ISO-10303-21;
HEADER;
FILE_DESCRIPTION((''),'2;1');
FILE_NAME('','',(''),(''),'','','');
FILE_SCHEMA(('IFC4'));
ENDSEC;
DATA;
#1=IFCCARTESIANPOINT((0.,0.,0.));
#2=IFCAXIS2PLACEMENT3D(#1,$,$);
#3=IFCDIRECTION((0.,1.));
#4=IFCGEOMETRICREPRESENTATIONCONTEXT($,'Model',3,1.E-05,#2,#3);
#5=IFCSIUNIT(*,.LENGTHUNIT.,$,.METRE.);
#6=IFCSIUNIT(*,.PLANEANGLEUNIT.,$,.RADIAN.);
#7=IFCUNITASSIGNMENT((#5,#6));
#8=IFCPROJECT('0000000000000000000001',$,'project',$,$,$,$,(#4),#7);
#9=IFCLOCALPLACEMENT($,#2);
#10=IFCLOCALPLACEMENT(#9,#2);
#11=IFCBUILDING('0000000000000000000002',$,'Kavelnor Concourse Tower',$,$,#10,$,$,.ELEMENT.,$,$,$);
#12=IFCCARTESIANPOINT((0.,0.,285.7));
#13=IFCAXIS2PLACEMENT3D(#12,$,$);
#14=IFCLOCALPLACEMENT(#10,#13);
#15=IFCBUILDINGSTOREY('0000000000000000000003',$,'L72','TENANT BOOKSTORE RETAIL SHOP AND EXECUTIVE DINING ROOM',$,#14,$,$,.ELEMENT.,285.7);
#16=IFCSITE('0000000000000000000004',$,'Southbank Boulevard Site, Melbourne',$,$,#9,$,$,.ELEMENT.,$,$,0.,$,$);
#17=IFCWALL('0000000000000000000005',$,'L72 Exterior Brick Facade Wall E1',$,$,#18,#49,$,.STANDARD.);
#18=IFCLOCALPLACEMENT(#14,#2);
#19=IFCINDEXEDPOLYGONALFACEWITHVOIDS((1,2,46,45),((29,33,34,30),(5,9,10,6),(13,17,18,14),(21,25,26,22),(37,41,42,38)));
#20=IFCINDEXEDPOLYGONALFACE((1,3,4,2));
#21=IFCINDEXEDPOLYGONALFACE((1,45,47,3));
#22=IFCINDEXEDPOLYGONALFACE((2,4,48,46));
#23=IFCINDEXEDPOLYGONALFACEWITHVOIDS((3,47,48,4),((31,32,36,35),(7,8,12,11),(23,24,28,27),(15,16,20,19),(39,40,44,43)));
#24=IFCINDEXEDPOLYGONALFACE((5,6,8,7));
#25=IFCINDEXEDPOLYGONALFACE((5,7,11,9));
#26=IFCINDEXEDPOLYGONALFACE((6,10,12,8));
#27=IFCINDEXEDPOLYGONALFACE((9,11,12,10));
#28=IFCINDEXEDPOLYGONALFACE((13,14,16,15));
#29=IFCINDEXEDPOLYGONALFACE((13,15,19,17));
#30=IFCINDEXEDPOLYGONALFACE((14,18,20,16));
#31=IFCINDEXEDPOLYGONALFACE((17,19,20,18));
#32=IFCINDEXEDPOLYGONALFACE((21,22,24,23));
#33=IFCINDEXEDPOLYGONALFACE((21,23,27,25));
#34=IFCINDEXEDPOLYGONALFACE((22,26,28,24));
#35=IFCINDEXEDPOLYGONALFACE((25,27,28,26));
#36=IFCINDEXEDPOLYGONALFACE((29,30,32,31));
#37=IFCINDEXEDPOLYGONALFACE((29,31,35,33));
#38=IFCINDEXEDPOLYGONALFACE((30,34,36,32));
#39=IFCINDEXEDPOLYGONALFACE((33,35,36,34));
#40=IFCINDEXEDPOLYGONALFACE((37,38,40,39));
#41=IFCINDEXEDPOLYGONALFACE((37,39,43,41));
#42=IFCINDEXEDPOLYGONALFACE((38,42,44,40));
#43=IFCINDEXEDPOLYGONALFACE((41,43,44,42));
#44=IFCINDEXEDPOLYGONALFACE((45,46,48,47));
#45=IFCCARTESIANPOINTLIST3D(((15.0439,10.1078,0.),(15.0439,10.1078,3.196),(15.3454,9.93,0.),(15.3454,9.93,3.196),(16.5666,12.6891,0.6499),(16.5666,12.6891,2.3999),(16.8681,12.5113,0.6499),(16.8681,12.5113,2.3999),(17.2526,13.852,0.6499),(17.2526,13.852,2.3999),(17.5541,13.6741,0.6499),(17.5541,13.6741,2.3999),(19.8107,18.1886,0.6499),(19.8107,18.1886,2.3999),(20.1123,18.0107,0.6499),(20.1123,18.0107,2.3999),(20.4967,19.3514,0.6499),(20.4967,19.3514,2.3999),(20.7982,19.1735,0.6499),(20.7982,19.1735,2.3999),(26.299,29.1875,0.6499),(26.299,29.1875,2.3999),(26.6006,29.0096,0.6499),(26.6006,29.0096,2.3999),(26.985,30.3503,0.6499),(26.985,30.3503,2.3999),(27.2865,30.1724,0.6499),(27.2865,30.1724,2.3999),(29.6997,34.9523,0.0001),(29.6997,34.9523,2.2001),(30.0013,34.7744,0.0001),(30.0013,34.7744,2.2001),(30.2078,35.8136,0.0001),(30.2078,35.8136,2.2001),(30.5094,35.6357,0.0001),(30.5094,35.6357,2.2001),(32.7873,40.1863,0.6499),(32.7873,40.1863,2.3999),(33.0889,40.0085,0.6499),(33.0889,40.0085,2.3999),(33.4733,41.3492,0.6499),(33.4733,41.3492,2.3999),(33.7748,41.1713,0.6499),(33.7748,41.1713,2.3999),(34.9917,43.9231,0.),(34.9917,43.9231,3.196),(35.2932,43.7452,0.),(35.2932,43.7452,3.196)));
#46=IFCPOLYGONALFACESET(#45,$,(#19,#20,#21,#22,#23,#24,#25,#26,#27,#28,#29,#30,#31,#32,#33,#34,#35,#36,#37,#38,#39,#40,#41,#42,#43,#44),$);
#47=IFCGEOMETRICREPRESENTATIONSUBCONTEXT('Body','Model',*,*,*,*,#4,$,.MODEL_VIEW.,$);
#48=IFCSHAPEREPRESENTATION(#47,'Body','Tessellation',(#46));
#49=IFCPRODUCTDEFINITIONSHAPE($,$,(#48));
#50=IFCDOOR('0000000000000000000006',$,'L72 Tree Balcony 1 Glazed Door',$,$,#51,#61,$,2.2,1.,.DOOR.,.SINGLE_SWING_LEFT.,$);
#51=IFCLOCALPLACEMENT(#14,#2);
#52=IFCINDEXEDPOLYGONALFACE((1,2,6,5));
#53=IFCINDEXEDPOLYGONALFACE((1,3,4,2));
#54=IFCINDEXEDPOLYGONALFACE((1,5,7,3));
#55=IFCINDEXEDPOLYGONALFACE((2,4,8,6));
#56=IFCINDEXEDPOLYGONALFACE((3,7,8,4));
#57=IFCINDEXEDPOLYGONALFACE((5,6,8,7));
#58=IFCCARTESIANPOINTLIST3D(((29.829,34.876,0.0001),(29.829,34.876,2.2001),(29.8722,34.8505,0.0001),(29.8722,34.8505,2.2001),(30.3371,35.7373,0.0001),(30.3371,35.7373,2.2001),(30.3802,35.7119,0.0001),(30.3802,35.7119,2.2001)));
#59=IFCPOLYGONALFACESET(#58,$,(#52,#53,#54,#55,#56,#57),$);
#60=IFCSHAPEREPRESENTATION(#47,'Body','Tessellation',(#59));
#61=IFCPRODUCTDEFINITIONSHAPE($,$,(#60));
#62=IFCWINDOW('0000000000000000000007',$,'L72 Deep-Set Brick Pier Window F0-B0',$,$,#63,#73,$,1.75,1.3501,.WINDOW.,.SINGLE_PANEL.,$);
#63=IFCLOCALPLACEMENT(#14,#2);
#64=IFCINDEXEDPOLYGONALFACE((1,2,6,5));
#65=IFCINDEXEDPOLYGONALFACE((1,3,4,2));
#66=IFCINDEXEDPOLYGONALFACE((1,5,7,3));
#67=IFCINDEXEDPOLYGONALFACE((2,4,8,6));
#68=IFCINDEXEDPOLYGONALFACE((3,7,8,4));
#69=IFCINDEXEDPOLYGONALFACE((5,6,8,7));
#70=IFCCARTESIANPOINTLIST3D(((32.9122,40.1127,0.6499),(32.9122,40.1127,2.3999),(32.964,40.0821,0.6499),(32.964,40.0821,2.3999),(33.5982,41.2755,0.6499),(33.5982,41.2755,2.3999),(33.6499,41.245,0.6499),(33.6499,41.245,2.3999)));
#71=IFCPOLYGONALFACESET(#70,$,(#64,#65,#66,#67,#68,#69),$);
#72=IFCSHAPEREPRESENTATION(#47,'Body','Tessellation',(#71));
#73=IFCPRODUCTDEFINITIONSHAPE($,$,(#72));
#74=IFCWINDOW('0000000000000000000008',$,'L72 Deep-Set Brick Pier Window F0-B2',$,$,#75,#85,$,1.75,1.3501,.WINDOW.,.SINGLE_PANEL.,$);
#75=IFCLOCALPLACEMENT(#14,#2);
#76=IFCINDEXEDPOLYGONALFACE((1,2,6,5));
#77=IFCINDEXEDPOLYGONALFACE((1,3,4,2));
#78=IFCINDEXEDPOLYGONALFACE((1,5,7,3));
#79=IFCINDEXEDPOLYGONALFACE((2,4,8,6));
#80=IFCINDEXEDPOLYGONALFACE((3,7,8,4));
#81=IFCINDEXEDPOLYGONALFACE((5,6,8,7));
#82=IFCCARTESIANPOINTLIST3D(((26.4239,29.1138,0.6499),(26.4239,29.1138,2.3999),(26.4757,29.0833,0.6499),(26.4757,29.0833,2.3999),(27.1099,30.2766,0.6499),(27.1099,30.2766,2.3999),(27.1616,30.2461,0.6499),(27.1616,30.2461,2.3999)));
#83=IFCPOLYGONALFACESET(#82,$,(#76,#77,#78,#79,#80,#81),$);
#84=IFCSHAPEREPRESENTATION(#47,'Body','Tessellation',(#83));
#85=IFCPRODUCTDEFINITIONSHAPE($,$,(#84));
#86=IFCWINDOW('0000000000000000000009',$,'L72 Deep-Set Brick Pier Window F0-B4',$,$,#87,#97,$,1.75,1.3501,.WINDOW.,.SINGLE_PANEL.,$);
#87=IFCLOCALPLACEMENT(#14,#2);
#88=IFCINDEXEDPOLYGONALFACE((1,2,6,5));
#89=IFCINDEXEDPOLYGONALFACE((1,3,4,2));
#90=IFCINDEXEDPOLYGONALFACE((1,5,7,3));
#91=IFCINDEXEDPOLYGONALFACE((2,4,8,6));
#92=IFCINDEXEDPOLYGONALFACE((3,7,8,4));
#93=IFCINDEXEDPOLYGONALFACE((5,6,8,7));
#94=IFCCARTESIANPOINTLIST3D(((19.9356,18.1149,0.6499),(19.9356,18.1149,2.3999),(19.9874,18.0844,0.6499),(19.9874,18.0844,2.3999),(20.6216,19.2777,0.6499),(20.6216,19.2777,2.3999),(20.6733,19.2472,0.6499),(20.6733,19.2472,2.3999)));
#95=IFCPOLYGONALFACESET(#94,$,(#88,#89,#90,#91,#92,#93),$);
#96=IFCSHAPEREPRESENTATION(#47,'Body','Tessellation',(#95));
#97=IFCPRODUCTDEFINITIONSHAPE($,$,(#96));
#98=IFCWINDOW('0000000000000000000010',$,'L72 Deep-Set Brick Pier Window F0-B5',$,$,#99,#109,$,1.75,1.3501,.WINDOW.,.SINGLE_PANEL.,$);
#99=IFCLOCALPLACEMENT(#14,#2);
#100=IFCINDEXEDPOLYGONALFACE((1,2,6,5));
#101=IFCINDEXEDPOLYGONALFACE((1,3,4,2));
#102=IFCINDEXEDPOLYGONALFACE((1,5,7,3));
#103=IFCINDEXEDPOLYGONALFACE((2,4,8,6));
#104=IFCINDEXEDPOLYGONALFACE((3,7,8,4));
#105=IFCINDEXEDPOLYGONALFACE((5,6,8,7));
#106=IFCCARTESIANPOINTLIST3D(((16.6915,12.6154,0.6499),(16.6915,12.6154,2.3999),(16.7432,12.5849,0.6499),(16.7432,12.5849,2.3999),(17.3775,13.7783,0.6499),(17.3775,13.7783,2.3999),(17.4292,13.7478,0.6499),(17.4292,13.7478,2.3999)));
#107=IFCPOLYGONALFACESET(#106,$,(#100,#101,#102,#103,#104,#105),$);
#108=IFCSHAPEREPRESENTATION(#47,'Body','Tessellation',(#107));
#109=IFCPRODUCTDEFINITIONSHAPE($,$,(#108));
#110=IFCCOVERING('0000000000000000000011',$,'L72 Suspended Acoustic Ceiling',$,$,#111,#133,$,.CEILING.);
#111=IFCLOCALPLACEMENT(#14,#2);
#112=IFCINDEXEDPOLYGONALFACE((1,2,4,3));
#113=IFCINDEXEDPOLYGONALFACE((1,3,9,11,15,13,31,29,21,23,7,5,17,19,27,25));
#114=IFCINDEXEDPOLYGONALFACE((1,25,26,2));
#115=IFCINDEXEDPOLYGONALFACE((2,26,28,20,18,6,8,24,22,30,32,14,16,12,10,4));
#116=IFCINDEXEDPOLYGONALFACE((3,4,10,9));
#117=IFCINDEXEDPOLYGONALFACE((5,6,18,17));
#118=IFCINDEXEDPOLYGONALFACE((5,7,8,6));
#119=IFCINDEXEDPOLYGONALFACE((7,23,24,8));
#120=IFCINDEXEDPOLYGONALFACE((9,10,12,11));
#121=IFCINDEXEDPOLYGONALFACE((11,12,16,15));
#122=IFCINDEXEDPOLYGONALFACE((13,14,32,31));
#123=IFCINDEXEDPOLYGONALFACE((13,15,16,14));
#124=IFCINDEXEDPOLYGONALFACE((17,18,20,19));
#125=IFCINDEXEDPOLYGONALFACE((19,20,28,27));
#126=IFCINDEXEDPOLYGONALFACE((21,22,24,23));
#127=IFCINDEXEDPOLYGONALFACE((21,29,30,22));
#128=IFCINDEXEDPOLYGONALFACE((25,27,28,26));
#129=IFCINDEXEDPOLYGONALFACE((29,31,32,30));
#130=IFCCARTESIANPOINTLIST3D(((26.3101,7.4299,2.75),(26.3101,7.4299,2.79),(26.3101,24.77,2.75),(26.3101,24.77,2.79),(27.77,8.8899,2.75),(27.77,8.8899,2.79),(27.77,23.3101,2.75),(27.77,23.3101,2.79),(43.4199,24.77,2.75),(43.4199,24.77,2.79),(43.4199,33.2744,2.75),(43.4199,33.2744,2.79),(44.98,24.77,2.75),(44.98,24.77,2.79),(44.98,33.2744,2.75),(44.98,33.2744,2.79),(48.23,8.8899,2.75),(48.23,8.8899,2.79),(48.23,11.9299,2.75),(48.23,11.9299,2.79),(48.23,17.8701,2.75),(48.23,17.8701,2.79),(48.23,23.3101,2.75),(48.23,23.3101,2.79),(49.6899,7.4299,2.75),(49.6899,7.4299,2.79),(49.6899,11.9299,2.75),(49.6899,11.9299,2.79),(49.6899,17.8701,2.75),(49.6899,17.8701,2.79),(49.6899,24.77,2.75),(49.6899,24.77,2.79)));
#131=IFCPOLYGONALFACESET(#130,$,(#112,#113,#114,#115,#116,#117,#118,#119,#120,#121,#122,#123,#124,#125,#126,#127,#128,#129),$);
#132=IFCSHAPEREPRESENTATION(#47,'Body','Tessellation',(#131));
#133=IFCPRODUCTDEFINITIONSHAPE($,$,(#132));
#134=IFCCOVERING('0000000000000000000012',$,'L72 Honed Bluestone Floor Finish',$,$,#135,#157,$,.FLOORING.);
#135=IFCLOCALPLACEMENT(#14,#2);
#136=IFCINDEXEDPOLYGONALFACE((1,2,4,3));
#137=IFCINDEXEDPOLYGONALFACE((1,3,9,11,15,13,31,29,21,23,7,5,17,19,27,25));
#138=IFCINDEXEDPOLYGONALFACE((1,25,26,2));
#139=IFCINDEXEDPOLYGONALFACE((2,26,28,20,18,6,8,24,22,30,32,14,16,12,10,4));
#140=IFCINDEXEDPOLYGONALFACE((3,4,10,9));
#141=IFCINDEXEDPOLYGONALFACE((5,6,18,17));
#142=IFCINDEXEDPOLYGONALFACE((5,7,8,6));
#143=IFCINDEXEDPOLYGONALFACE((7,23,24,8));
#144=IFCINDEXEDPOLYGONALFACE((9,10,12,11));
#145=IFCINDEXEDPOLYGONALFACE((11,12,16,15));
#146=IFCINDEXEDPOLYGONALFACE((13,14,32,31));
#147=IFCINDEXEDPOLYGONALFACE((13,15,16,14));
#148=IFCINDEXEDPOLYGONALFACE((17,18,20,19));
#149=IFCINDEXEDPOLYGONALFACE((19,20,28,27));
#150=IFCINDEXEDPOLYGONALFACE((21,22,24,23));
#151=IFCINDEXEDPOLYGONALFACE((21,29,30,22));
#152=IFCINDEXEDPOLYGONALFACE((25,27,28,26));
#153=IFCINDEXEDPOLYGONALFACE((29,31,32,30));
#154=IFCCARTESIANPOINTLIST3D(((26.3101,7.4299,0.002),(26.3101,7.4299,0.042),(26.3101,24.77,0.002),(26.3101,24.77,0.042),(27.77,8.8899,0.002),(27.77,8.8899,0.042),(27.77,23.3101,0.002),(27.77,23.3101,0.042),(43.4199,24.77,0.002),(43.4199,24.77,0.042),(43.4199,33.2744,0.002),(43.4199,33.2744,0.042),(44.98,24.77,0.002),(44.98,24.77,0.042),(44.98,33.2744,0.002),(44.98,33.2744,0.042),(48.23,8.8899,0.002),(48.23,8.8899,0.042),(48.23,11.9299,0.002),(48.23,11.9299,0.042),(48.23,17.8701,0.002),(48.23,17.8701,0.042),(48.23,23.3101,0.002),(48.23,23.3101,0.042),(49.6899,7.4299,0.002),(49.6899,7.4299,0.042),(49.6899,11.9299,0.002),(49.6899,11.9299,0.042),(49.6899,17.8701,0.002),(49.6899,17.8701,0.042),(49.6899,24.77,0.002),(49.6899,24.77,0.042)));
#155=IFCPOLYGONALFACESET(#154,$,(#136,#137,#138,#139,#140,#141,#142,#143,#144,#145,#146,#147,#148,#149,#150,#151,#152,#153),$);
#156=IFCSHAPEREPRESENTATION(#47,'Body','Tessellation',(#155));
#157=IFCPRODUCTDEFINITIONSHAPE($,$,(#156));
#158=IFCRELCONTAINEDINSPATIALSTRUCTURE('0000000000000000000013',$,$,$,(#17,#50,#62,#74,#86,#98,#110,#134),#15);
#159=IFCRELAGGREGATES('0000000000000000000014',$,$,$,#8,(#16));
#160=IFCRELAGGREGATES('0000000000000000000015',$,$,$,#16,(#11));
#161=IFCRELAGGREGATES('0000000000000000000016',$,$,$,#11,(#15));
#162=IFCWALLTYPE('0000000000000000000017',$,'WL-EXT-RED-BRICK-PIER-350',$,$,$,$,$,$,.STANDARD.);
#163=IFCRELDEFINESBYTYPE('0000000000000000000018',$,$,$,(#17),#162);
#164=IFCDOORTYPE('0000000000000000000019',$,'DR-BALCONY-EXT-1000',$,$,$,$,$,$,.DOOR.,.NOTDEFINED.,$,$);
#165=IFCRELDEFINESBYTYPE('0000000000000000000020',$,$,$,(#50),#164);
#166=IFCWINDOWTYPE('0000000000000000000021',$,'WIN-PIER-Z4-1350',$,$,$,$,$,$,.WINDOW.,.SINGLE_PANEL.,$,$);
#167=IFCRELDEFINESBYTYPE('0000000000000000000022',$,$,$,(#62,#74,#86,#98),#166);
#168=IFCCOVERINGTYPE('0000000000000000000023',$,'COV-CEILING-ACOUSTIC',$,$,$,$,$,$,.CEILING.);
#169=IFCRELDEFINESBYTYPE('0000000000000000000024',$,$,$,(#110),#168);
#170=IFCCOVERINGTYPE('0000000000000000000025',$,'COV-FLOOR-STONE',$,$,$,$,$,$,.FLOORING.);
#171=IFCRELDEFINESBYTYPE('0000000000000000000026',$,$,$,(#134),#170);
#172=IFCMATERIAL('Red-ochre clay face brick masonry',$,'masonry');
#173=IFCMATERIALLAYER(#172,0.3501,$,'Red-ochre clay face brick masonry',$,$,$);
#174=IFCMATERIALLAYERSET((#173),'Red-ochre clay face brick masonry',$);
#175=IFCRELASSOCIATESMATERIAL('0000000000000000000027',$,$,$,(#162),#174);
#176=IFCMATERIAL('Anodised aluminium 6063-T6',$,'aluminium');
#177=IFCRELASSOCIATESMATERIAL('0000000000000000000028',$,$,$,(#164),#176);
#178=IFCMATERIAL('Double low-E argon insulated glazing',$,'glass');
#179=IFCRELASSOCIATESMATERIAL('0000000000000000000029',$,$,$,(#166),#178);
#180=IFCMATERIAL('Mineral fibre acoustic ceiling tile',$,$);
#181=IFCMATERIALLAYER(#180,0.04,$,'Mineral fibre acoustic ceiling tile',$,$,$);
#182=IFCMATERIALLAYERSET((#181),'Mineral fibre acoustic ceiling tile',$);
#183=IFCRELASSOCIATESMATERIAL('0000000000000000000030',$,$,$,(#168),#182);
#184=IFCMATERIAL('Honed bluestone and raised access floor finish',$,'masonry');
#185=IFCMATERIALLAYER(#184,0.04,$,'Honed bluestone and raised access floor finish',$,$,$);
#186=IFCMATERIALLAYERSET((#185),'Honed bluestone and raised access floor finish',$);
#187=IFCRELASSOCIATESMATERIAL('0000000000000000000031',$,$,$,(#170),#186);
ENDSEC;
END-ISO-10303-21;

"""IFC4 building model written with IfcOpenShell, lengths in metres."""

from ifc_helpers import new_model, si_unit, direction, frame, frame_2d, origin, place, context, subcontext, project, spatial, polyline, rectangle, outline, extrude, material, layer, layer_set, type_object, element, fill, save


model = new_model("IFC4")

# Units and contexts
model_context = context("Model", 3, precision=1e-05, world=origin(), true_north=direction((0.0, 1.0)))
body_context = subcontext(model_context, "Body", "Model", "MODEL_VIEW")
ifc_project = project(units=[si_unit("LENGTHUNIT", "METRE"), si_unit("PLANEANGLEUNIT", "RADIAN")], contexts=[model_context])

# Site, building, storey
site_placement = place(None, origin())
site = spatial("IfcSite", under=ifc_project, at=site_placement, Name="Southbank Boulevard Site, Melbourne", CompositionType="ELEMENT", RefElevation=0.0)
building_placement = place(site_placement, origin())
building = spatial("IfcBuilding", under=site, at=building_placement, Name="Kavelnor Concourse Tower", CompositionType="ELEMENT")
storey_placement = place(building_placement, frame((0.0, 0.0, 285.7)))
storey = spatial("IfcBuildingStorey", under=building, at=storey_placement, Name="L72", Description="TENANT BOOKSTORE RETAIL SHOP AND EXECUTIVE DINING ROOM", CompositionType="ELEMENT", Elevation=285.7)

# Shared definitions
ifc_material_1 = material(Name="Double low-E argon insulated glazing", Category="glass")

# Wall, openings, door, windows
ifc_material_2 = material(Name="Red-ochre clay face brick masonry", Category="masonry")
ifc_layer_1 = layer(ifc_material_2, 0.3501, Name="Red-ochre clay face brick masonry")
ifc_layer_set_1 = layer_set([ifc_layer_1], Name="Red-ochre clay face brick masonry")
wall_type_1 = type_object("IfcWallType", Name="WL-EXT-RED-BRICK-PIER-350", PredefinedType="STANDARD", material=ifc_layer_set_1)
wall_1_placement = place(storey_placement, frame((15.1946, 10.0188, 0.0), z_axis=(0.0, 0.0, 1.0), x_axis=(0.508088, 0.861305, 0.0)))
wall_1 = element("IfcWall", 1, at=wall_1_placement, inside=storey, type_object=wall_type_1, Name="L72 Exterior Brick Facade Wall E1", PredefinedType="STANDARD", context=body_context, shape_type="SweptSolid", body=[
    extrude(rectangle(XDim=39.2605, YDim=0.3501, at=frame_2d((19.6304, 0.0))), origin(), (0.0, 0.0, 1.0), 3.196),
])
opening_1_placement = place(wall_1_placement, frame((28.8452, 0.0, 0.0)))
opening_1 = element("IfcOpeningElement", 2, at=opening_1_placement, cuts=wall_1, PredefinedType="OPENING", context=body_context, shape_type="SweptSolid", body=[
    extrude(rectangle(XDim=1.0, YDim=2.2, at=frame_2d((0.5, 1.1001))), frame((0.0, 0.1851, 0.0), z_axis=(0.0, -1.0, 0.0), x_axis=(1.0, 0.0, 0.0)), (0.0, 0.0, 1.0), 0.3701),
])
opening_2_placement = place(wall_1_placement, frame((34.9221, 0.0, 0.6499)))
opening_2 = element("IfcOpeningElement", 3, at=opening_2_placement, cuts=wall_1, PredefinedType="OPENING", context=body_context, shape_type="SweptSolid", body=[
    extrude(rectangle(XDim=1.3501, YDim=1.75, at=frame_2d((0.675, 0.875))), frame((0.0, 0.1851, 0.0), z_axis=(0.0, -1.0, 0.0), x_axis=(1.0, 0.0, 0.0)), (0.0, 0.0, 1.0), 0.3701),
])
opening_3_placement = place(wall_1_placement, frame((22.1521, 0.0, 0.6499)))
opening_3 = element("IfcOpeningElement", 4, at=opening_3_placement, cuts=wall_1, PredefinedType="OPENING", context=body_context, shape_type="SweptSolid", body=[
    extrude(rectangle(XDim=1.3501, YDim=1.75, at=frame_2d((0.675, 0.875))), frame((0.0, 0.1851, 0.0), z_axis=(0.0, -1.0, 0.0), x_axis=(1.0, 0.0, 0.0)), (0.0, 0.0, 1.0), 0.3701),
])
opening_4_placement = place(wall_1_placement, frame((9.3821, 0.0, 0.6499)))
opening_4 = element("IfcOpeningElement", 5, at=opening_4_placement, cuts=wall_1, PredefinedType="OPENING", context=body_context, shape_type="SweptSolid", body=[
    extrude(rectangle(XDim=1.3501, YDim=1.75, at=frame_2d((0.675, 0.875))), frame((0.0, 0.1851, 0.0), z_axis=(0.0, -1.0, 0.0), x_axis=(1.0, 0.0, 0.0)), (0.0, 0.0, 1.0), 0.3701),
])
opening_5_placement = place(wall_1_placement, frame((2.9971, 0.0, 0.6499)))
opening_5 = element("IfcOpeningElement", 6, at=opening_5_placement, cuts=wall_1, PredefinedType="OPENING", context=body_context, shape_type="SweptSolid", body=[
    extrude(rectangle(XDim=1.3501, YDim=1.75, at=frame_2d((0.675, 0.875))), frame((0.0, 0.1851, 0.0), z_axis=(0.0, -1.0, 0.0), x_axis=(1.0, 0.0, 0.0)), (0.0, 0.0, 1.0), 0.3701),
])
ifc_material_3 = material(Name="Anodised aluminium 6063-T6", Category="aluminium")
door_type = type_object("IfcDoorType", Name="DR-BALCONY-EXT-1000", OperationType="NOTDEFINED", PredefinedType="DOOR", material=ifc_material_3)
door_placement = place(opening_1_placement, origin())
door = element("IfcDoor", 7, at=door_placement, inside=storey, type_object=door_type, Name="L72 Tree Balcony 1 Glazed Door", OperationType="SINGLE_SWING_LEFT", OverallHeight=2.2, OverallWidth=1.0, PredefinedType="DOOR", context=body_context, shape_type="SweptSolid", body=[
    extrude(rectangle(XDim=1.0, YDim=2.2, at=frame_2d((0.5, 1.1001))), frame((0.0, 0.0249, 0.0), z_axis=(0.0, -1.0, 0.0), x_axis=(1.0, 0.0, 0.0)), (0.0, 0.0, 1.0), 0.05),
])
fill(opening_1, door)
window_type_1 = type_object("IfcWindowType", Name="WIN-PIER-Z4-1350", PartitioningType="SINGLE_PANEL", PredefinedType="WINDOW", material=ifc_material_1)
window_1_placement = place(opening_2_placement, origin())
window_1 = element("IfcWindow", 8, at=window_1_placement, inside=storey, type_object=window_type_1, Name="L72 Deep-Set Brick Pier Window F0-B0", OverallHeight=1.75, OverallWidth=1.3501, PartitioningType="SINGLE_PANEL", PredefinedType="WINDOW", context=body_context, shape_type="SweptSolid", body=[
    extrude(rectangle(XDim=1.3501, YDim=1.75, at=frame_2d((0.675, 0.875))), frame((0.0, 0.03, 0.0), z_axis=(0.0, -1.0, 0.0), x_axis=(1.0, 0.0, 0.0)), (0.0, 0.0, 1.0), 0.0601),
])
fill(opening_2, window_1)
window_2_placement = place(opening_3_placement, origin())
window_2 = element("IfcWindow", 9, at=window_2_placement, inside=storey, type_object=window_type_1, Name="L72 Deep-Set Brick Pier Window F0-B2", OverallHeight=1.75, OverallWidth=1.3501, PartitioningType="SINGLE_PANEL", PredefinedType="WINDOW", context=body_context, shape_type="SweptSolid", body=[
    extrude(rectangle(XDim=1.3501, YDim=1.75, at=frame_2d((0.675, 0.875))), frame((0.0, 0.03, 0.0), z_axis=(0.0, -1.0, 0.0), x_axis=(1.0, 0.0, 0.0)), (0.0, 0.0, 1.0), 0.0601),
])
fill(opening_3, window_2)
window_3_placement = place(opening_4_placement, origin())
window_3 = element("IfcWindow", 10, at=window_3_placement, inside=storey, type_object=window_type_1, Name="L72 Deep-Set Brick Pier Window F0-B4", OverallHeight=1.75, OverallWidth=1.3501, PartitioningType="SINGLE_PANEL", PredefinedType="WINDOW", context=body_context, shape_type="SweptSolid", body=[
    extrude(rectangle(XDim=1.3501, YDim=1.75, at=frame_2d((0.675, 0.875))), frame((0.0, 0.03, 0.0), z_axis=(0.0, -1.0, 0.0), x_axis=(1.0, 0.0, 0.0)), (0.0, 0.0, 1.0), 0.0601),
])
fill(opening_4, window_3)
window_4_placement = place(opening_5_placement, origin())
window_4 = element("IfcWindow", 11, at=window_4_placement, inside=storey, type_object=window_type_1, Name="L72 Deep-Set Brick Pier Window F0-B5", OverallHeight=1.75, OverallWidth=1.3501, PartitioningType="SINGLE_PANEL", PredefinedType="WINDOW", context=body_context, shape_type="SweptSolid", body=[
    extrude(rectangle(XDim=1.3501, YDim=1.75, at=frame_2d((0.675, 0.875))), frame((0.0, 0.03, 0.0), z_axis=(0.0, -1.0, 0.0), x_axis=(1.0, 0.0, 0.0)), (0.0, 0.0, 1.0), 0.0601),
])
fill(opening_5, window_4)

# Coverings
ifc_material_4 = material(Name="Mineral fibre acoustic ceiling tile")
ifc_layer_2 = layer(ifc_material_4, 0.04, Name="Mineral fibre acoustic ceiling tile")
ifc_layer_set_2 = layer_set([ifc_layer_2], Name="Mineral fibre acoustic ceiling tile")
covering_type_1 = type_object("IfcCoveringType", Name="COV-CEILING-ACOUSTIC", PredefinedType="CEILING", material=ifc_layer_set_2)
covering_1_placement = place(storey_placement, frame((0.0, 0.0, 2.75)))
element("IfcCovering", 12, at=covering_1_placement, inside=storey, type_object=covering_type_1, Name="L72 Suspended Acoustic Ceiling", PredefinedType="CEILING", context=body_context, shape_type="SweptSolid", body=[
    extrude(outline(polyline([(44.98, 24.77), (49.6899, 24.77), (49.6899, 17.8701), (48.23, 17.8701), (48.23, 23.3101), (27.77, 23.3101), (27.77, 8.8899), (48.23, 8.8899), (48.23, 11.9299), (49.6899, 11.9299), (49.6899, 7.4299), (26.3101, 7.4299), (26.3101, 24.77), (43.4199, 24.77), (43.4199, 33.2744), (44.98, 33.2744), (44.98, 24.77)])), origin(), (0.0, 0.0, 1.0), 0.04),
])
ifc_material_5 = material(Name="Honed bluestone and raised access floor finish", Category="masonry")
ifc_layer_3 = layer(ifc_material_5, 0.04, Name="Honed bluestone and raised access floor finish")
ifc_layer_set_3 = layer_set([ifc_layer_3], Name="Honed bluestone and raised access floor finish")
covering_type_2 = type_object("IfcCoveringType", Name="COV-FLOOR-STONE", PredefinedType="FLOORING", material=ifc_layer_set_3)
covering_2_placement = place(storey_placement, frame((0.0, 0.0, 0.002)))
element("IfcCovering", 13, at=covering_2_placement, inside=storey, type_object=covering_type_2, Name="L72 Honed Bluestone Floor Finish", PredefinedType="FLOORING", context=body_context, shape_type="SweptSolid", body=[
    extrude(outline(polyline([(44.98, 24.77), (49.6899, 24.77), (49.6899, 17.8701), (48.23, 17.8701), (48.23, 23.3101), (27.77, 23.3101), (27.77, 8.8899), (48.23, 8.8899), (48.23, 11.9299), (49.6899, 11.9299), (49.6899, 7.4299), (26.3101, 7.4299), (26.3101, 24.77), (43.4199, 24.77), (43.4199, 33.2744), (44.98, 33.2744), (44.98, 24.77)])), origin(), (0.0, 0.0, 1.0), 0.04),
])

save(model, "model.ifc")
